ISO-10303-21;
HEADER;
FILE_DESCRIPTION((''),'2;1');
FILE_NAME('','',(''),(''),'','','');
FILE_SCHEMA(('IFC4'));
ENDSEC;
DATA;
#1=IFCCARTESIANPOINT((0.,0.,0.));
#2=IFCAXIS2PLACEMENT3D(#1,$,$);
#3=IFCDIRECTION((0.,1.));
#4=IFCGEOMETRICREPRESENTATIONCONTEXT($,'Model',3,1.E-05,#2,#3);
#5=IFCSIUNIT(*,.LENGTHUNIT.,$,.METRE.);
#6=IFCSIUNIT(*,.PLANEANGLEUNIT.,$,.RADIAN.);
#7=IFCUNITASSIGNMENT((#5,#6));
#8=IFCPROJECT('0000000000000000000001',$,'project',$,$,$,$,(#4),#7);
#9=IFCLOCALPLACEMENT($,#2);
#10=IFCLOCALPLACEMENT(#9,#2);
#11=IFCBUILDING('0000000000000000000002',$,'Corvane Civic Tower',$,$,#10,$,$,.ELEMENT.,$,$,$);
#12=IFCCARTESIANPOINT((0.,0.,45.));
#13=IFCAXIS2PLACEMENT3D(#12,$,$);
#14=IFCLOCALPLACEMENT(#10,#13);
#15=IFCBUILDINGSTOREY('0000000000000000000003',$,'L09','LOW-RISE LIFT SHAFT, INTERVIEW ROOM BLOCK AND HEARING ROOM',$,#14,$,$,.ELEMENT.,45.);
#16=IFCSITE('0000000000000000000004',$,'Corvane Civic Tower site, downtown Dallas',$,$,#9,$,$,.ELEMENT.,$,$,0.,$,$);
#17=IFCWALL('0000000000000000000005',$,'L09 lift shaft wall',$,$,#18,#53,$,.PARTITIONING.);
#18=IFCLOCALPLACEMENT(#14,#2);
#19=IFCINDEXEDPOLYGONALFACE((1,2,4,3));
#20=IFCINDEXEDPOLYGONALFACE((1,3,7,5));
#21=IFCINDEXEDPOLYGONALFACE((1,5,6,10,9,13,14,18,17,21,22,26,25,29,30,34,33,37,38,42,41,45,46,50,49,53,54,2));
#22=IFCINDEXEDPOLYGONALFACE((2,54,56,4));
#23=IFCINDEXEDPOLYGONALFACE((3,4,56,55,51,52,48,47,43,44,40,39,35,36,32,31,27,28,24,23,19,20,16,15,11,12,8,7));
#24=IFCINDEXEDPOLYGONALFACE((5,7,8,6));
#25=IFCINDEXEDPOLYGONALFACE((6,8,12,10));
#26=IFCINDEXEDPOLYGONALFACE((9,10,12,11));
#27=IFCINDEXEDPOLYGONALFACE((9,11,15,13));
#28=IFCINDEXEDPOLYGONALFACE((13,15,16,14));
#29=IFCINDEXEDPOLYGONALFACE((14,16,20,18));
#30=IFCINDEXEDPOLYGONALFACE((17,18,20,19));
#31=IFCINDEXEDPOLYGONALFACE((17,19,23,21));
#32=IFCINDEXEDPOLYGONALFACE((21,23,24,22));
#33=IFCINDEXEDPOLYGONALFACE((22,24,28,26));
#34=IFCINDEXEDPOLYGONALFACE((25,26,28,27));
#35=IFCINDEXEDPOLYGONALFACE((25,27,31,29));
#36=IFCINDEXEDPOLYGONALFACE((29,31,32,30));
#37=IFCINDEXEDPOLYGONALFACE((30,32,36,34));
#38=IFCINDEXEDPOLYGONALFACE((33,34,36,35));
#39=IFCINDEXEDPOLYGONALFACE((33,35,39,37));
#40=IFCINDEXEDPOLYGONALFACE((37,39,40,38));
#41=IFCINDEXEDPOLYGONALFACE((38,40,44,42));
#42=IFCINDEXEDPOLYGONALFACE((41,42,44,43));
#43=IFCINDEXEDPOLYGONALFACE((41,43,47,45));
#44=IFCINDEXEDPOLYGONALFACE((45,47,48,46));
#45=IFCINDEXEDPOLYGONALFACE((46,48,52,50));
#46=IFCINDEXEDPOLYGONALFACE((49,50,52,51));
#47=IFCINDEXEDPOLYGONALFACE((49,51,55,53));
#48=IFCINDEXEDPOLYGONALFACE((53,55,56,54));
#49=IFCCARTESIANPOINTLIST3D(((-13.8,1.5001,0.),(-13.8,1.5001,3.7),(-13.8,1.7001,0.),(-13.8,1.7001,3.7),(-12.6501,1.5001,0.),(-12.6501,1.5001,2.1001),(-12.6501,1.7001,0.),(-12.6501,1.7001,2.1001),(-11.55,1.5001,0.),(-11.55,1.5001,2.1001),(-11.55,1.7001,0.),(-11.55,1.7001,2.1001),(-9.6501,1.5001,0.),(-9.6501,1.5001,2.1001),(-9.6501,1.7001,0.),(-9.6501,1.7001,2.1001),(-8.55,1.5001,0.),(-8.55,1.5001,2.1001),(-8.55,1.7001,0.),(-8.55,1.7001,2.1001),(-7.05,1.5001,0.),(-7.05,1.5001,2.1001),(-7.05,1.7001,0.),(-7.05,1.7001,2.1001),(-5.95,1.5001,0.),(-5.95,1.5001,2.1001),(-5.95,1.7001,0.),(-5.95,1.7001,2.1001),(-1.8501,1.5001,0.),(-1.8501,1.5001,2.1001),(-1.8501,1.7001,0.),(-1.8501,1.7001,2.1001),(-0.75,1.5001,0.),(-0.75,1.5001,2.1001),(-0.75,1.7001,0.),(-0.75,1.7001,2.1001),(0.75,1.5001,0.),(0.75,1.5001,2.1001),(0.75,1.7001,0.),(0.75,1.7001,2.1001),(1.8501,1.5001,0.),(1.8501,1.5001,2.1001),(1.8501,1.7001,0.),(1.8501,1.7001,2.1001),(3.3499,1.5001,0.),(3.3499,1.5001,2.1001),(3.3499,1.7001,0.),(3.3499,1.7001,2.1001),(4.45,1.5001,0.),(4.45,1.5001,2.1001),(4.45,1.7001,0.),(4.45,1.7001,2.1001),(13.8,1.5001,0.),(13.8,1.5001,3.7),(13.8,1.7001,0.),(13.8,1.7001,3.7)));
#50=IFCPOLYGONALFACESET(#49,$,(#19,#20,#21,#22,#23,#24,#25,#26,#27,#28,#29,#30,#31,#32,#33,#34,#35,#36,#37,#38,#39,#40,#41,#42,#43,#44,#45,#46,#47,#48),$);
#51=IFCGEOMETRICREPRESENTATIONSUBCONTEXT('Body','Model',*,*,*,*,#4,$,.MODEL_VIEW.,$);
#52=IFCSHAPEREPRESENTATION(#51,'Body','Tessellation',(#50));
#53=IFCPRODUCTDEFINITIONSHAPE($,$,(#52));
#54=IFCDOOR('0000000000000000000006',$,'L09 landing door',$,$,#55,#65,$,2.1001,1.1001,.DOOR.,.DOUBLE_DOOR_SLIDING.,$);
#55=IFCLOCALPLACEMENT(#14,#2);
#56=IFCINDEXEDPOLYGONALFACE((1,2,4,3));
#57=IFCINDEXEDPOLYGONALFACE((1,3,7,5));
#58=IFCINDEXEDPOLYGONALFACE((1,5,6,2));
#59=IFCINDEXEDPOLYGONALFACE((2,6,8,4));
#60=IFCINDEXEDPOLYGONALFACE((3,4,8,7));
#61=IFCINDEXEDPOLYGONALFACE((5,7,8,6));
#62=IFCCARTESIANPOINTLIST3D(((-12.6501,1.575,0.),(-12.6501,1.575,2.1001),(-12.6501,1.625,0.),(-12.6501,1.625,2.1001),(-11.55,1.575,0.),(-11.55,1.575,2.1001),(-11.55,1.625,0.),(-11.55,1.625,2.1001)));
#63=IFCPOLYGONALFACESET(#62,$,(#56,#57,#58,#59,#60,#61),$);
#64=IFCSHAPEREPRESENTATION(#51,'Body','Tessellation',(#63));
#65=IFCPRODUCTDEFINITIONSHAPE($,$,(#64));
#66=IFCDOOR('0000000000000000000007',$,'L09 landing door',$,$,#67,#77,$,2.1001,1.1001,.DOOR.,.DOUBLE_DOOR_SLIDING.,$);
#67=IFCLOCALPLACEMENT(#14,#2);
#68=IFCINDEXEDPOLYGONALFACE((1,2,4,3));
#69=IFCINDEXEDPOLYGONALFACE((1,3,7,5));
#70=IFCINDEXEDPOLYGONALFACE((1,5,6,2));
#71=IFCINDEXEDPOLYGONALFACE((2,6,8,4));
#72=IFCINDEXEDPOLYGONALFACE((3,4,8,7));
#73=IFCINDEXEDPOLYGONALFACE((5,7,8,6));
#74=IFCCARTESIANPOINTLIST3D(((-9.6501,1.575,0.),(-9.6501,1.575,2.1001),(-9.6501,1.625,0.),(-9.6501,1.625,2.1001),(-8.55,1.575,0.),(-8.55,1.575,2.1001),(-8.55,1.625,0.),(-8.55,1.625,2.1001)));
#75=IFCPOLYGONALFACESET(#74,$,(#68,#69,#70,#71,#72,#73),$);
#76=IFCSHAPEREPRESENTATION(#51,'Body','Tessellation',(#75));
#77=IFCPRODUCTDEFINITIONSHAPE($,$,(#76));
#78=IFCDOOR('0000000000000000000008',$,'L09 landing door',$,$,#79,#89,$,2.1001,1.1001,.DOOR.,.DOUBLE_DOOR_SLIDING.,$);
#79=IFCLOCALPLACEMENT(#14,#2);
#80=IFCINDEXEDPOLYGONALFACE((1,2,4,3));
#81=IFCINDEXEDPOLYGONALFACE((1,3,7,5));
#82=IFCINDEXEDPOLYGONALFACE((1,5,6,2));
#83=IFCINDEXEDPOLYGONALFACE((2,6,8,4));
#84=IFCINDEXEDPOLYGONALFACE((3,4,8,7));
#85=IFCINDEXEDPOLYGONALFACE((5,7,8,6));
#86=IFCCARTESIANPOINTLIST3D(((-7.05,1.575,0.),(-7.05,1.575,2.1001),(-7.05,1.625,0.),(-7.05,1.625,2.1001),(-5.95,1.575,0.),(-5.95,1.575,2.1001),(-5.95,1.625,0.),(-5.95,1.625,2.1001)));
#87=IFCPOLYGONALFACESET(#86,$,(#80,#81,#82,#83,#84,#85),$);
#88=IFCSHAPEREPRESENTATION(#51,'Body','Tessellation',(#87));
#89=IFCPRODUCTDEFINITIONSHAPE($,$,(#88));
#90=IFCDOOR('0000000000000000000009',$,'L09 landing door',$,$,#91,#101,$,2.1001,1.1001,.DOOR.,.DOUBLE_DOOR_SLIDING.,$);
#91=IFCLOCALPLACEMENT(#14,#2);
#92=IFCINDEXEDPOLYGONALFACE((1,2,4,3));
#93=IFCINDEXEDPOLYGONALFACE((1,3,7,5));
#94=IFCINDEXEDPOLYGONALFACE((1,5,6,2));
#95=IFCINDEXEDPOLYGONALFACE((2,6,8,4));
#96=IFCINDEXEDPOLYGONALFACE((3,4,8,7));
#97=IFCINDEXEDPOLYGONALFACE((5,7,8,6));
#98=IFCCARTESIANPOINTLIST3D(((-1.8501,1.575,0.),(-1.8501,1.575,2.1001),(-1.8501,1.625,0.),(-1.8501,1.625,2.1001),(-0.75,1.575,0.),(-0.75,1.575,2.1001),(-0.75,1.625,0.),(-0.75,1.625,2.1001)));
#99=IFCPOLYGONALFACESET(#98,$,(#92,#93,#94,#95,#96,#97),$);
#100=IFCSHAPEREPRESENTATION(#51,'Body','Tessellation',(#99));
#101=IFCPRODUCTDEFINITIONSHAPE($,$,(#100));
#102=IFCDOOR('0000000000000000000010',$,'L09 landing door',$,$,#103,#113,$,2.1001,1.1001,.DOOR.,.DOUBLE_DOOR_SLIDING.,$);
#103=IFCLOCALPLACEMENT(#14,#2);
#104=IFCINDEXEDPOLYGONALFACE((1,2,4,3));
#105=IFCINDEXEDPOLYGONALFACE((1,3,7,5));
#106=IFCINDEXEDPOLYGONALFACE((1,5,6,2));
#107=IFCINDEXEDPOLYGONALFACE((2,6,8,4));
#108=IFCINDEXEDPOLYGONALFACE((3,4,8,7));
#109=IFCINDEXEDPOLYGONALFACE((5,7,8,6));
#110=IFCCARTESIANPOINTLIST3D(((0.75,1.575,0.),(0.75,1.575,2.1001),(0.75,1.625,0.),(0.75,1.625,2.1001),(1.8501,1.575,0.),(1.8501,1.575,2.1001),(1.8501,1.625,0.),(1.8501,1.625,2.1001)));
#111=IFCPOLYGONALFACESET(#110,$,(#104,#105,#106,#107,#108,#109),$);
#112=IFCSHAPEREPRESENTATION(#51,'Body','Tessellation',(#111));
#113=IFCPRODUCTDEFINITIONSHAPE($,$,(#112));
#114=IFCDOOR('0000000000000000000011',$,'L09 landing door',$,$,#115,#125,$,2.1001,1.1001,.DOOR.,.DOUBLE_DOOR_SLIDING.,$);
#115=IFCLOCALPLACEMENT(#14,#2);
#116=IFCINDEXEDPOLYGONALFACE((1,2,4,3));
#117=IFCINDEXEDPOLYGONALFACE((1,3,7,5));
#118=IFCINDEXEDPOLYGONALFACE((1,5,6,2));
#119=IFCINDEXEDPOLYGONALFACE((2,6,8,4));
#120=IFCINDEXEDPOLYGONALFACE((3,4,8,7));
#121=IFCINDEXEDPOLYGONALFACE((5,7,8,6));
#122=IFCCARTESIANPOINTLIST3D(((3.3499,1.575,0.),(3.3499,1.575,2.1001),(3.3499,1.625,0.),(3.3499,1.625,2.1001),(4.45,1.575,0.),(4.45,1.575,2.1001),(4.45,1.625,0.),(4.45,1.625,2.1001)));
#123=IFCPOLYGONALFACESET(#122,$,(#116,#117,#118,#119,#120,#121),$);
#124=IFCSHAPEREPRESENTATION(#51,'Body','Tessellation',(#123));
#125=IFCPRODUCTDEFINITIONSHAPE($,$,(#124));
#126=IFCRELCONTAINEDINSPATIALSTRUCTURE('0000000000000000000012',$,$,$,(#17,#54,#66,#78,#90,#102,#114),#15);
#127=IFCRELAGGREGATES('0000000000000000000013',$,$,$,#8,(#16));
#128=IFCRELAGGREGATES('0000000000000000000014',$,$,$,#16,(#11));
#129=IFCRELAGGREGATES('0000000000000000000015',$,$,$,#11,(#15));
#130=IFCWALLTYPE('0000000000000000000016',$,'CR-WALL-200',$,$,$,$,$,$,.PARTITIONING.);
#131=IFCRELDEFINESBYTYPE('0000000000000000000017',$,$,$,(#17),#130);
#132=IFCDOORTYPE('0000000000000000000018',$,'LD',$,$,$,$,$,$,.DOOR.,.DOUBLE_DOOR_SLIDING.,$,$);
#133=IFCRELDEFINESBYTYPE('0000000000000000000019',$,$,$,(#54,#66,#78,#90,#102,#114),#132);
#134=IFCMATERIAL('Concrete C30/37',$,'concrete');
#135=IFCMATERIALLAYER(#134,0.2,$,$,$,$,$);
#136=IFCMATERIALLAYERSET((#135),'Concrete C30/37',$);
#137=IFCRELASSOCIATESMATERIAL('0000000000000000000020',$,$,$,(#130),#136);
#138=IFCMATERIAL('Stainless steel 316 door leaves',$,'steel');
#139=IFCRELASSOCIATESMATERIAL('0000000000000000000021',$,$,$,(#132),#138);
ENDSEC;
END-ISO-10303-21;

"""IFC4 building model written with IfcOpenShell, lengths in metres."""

from ifc_helpers import new_model, si_unit, direction, frame, frame_2d, origin, place, context, subcontext, project, spatial, rectangle, extrude, material, layer, layer_set, type_object, element, fill, save


model = new_model("IFC4")

# Units and contexts
model_context = context("Model", 3, precision=1e-05, world=origin(), true_north=direction((0.0, 1.0)))
body_context = subcontext(model_context, "Body", "Model", "MODEL_VIEW")
ifc_project = project(units=[si_unit("LENGTHUNIT", "METRE"), si_unit("PLANEANGLEUNIT", "RADIAN")], contexts=[model_context])

# Site, building, storey
site_placement = place(None, origin())
site = spatial("IfcSite", under=ifc_project, at=site_placement, Name="Corvane Civic Tower site, downtown Dallas", CompositionType="ELEMENT", RefElevation=0.0)
building_placement = place(site_placement, origin())
building = spatial("IfcBuilding", under=site, at=building_placement, Name="Corvane Civic Tower", CompositionType="ELEMENT")
storey_placement = place(building_placement, frame((0.0, 0.0, 45.0)))
storey = spatial("IfcBuildingStorey", under=building, at=storey_placement, Name="L09", Description="LOW-RISE LIFT SHAFT, INTERVIEW ROOM BLOCK AND HEARING ROOM", CompositionType="ELEMENT", Elevation=45.0)

# Wall, openings, doors
ifc_material_1 = material(Name="Concrete C30/37", Category="concrete")
ifc_layer = layer(ifc_material_1, 0.2)
ifc_layer_set = layer_set([ifc_layer], Name="Concrete C30/37")
wall_type = type_object("IfcWallType", Name="CR-WALL-200", PredefinedType="PARTITIONING", material=ifc_layer_set)
ifc_material_2 = material(Name="Stainless steel 316 door leaves", Category="steel")
door_type_1 = type_object("IfcDoorType", Name="LD", OperationType="DOUBLE_DOOR_SLIDING", PredefinedType="DOOR", material=ifc_material_2)
wall_1_placement = place(storey_placement, frame((-13.8, 1.6001, 0.0), z_axis=(0.0, 0.0, 1.0), x_axis=(1.0, 0.0, 0.0)))
wall_1 = element("IfcWall", 1, at=wall_1_placement, inside=storey, type_object=wall_type, Name="L09 lift shaft wall", PredefinedType="PARTITIONING", context=body_context, shape_type="SweptSolid", body=[
    extrude(rectangle(XDim=27.6001, YDim=0.2, at=frame_2d((13.8, 0.0))), origin(), (0.0, 0.0, 1.0), 3.7),
])
opening_1_placement = place(wall_1_placement, frame((1.1499, 0.0, 0.0)))
opening_1 = element("IfcOpeningElement", 2, at=opening_1_placement, cuts=wall_1, PredefinedType="OPENING", context=body_context, shape_type="SweptSolid", body=[
    extrude(rectangle(XDim=1.1001, YDim=2.1001, at=frame_2d((0.55, 1.05))), frame((0.0, 0.1099, 0.0), z_axis=(0.0, -1.0, 0.0), x_axis=(1.0, 0.0, 0.0)), (0.0, 0.0, 1.0), 0.22),
])
opening_2_placement = place(wall_1_placement, frame((4.1499, 0.0, 0.0)))
opening_2 = element("IfcOpeningElement", 3, at=opening_2_placement, cuts=wall_1, PredefinedType="OPENING", context=body_context, shape_type="SweptSolid", body=[
    extrude(rectangle(XDim=1.1001, YDim=2.1001, at=frame_2d((0.55, 1.05))), frame((0.0, 0.1099, 0.0), z_axis=(0.0, -1.0, 0.0), x_axis=(1.0, 0.0, 0.0)), (0.0, 0.0, 1.0), 0.22),
])
opening_3_placement = place(wall_1_placement, frame((6.75, 0.0, 0.0)))
opening_3 = element("IfcOpeningElement", 4, at=opening_3_placement, cuts=wall_1, PredefinedType="OPENING", context=body_context, shape_type="SweptSolid", body=[
    extrude(rectangle(XDim=1.1001, YDim=2.1001, at=frame_2d((0.55, 1.05))), frame((0.0, 0.1099, 0.0), z_axis=(0.0, -1.0, 0.0), x_axis=(1.0, 0.0, 0.0)), (0.0, 0.0, 1.0), 0.22),
])
opening_4_placement = place(wall_1_placement, frame((11.95, 0.0, 0.0)))
opening_4 = element("IfcOpeningElement", 5, at=opening_4_placement, cuts=wall_1, PredefinedType="OPENING", context=body_context, shape_type="SweptSolid", body=[
    extrude(rectangle(XDim=1.1001, YDim=2.1001, at=frame_2d((0.55, 1.05))), frame((0.0, 0.1099, 0.0), z_axis=(0.0, -1.0, 0.0), x_axis=(1.0, 0.0, 0.0)), (0.0, 0.0, 1.0), 0.22),
])
opening_5_placement = place(wall_1_placement, frame((14.55, 0.0, 0.0)))
opening_5 = element("IfcOpeningElement", 6, at=opening_5_placement, cuts=wall_1, PredefinedType="OPENING", context=body_context, shape_type="SweptSolid", body=[
    extrude(rectangle(XDim=1.1001, YDim=2.1001, at=frame_2d((0.55, 1.05))), frame((0.0, 0.1099, 0.0), z_axis=(0.0, -1.0, 0.0), x_axis=(1.0, 0.0, 0.0)), (0.0, 0.0, 1.0), 0.22),
])
opening_6_placement = place(wall_1_placement, frame((17.1499, 0.0, 0.0)))
opening_6 = element("IfcOpeningElement", 7, at=opening_6_placement, cuts=wall_1, PredefinedType="OPENING", context=body_context, shape_type="SweptSolid", body=[
    extrude(rectangle(XDim=1.1001, YDim=2.1001, at=frame_2d((0.55, 1.05))), frame((0.0, 0.1099, 0.0), z_axis=(0.0, -1.0, 0.0), x_axis=(1.0, 0.0, 0.0)), (0.0, 0.0, 1.0), 0.22),
])
door_1_placement = place(opening_1_placement, origin())
door_1 = element("IfcDoor", 8, at=door_1_placement, inside=storey, type_object=door_type_1, Name="L09 landing door", OperationType="DOUBLE_DOOR_SLIDING", OverallHeight=2.1001, OverallWidth=1.1001, PredefinedType="DOOR", context=body_context, shape_type="SweptSolid", body=[
    extrude(rectangle(XDim=1.1001, YDim=2.1001, at=frame_2d((0.55, 1.05))), frame((0.0, 0.0249, 0.0), z_axis=(0.0, -1.0, 0.0), x_axis=(1.0, 0.0, 0.0)), (0.0, 0.0, 1.0), 0.05),
])
fill(opening_1, door_1)
door_2_placement = place(opening_2_placement, origin())
door_2 = element("IfcDoor", 9, at=door_2_placement, inside=storey, type_object=door_type_1, Name="L09 landing door", OperationType="DOUBLE_DOOR_SLIDING", OverallHeight=2.1001, OverallWidth=1.1001, PredefinedType="DOOR", context=body_context, shape_type="SweptSolid", body=[
    extrude(rectangle(XDim=1.1001, YDim=2.1001, at=frame_2d((0.55, 1.05))), frame((0.0, 0.0249, 0.0), z_axis=(0.0, -1.0, 0.0), x_axis=(1.0, 0.0, 0.0)), (0.0, 0.0, 1.0), 0.05),
])
fill(opening_2, door_2)
door_3_placement = place(opening_3_placement, origin())
door_3 = element("IfcDoor", 10, at=door_3_placement, inside=storey, type_object=door_type_1, Name="L09 landing door", OperationType="DOUBLE_DOOR_SLIDING", OverallHeight=2.1001, OverallWidth=1.1001, PredefinedType="DOOR", context=body_context, shape_type="SweptSolid", body=[
    extrude(rectangle(XDim=1.1001, YDim=2.1001, at=frame_2d((0.55, 1.05))), frame((0.0, 0.0249, 0.0), z_axis=(0.0, -1.0, 0.0), x_axis=(1.0, 0.0, 0.0)), (0.0, 0.0, 1.0), 0.05),
])
fill(opening_3, door_3)
door_4_placement = place(opening_4_placement, origin())
door_4 = element("IfcDoor", 11, at=door_4_placement, inside=storey, type_object=door_type_1, Name="L09 landing door", OperationType="DOUBLE_DOOR_SLIDING", OverallHeight=2.1001, OverallWidth=1.1001, PredefinedType="DOOR", context=body_context, shape_type="SweptSolid", body=[
    extrude(rectangle(XDim=1.1001, YDim=2.1001, at=frame_2d((0.55, 1.05))), frame((0.0, 0.0249, 0.0), z_axis=(0.0, -1.0, 0.0), x_axis=(1.0, 0.0, 0.0)), (0.0, 0.0, 1.0), 0.05),
])
fill(opening_4, door_4)
door_5_placement = place(opening_5_placement, origin())
door_5 = element("IfcDoor", 12, at=door_5_placement, inside=storey, type_object=door_type_1, Name="L09 landing door", OperationType="DOUBLE_DOOR_SLIDING", OverallHeight=2.1001, OverallWidth=1.1001, PredefinedType="DOOR", context=body_context, shape_type="SweptSolid", body=[
    extrude(rectangle(XDim=1.1001, YDim=2.1001, at=frame_2d((0.55, 1.05))), frame((0.0, 0.0249, 0.0), z_axis=(0.0, -1.0, 0.0), x_axis=(1.0, 0.0, 0.0)), (0.0, 0.0, 1.0), 0.05),
])
fill(opening_5, door_5)
door_6_placement = place(opening_6_placement, origin())
door_6 = element("IfcDoor", 13, at=door_6_placement, inside=storey, type_object=door_type_1, Name="L09 landing door", OperationType="DOUBLE_DOOR_SLIDING", OverallHeight=2.1001, OverallWidth=1.1001, PredefinedType="DOOR", context=body_context, shape_type="SweptSolid", body=[
    extrude(rectangle(XDim=1.1001, YDim=2.1001, at=frame_2d((0.55, 1.05))), frame((0.0, 0.0249, 0.0), z_axis=(0.0, -1.0, 0.0), x_axis=(1.0, 0.0, 0.0)), (0.0, 0.0, 1.0), 0.05),
])
fill(opening_6, door_6)

save(model, "model.ifc")
